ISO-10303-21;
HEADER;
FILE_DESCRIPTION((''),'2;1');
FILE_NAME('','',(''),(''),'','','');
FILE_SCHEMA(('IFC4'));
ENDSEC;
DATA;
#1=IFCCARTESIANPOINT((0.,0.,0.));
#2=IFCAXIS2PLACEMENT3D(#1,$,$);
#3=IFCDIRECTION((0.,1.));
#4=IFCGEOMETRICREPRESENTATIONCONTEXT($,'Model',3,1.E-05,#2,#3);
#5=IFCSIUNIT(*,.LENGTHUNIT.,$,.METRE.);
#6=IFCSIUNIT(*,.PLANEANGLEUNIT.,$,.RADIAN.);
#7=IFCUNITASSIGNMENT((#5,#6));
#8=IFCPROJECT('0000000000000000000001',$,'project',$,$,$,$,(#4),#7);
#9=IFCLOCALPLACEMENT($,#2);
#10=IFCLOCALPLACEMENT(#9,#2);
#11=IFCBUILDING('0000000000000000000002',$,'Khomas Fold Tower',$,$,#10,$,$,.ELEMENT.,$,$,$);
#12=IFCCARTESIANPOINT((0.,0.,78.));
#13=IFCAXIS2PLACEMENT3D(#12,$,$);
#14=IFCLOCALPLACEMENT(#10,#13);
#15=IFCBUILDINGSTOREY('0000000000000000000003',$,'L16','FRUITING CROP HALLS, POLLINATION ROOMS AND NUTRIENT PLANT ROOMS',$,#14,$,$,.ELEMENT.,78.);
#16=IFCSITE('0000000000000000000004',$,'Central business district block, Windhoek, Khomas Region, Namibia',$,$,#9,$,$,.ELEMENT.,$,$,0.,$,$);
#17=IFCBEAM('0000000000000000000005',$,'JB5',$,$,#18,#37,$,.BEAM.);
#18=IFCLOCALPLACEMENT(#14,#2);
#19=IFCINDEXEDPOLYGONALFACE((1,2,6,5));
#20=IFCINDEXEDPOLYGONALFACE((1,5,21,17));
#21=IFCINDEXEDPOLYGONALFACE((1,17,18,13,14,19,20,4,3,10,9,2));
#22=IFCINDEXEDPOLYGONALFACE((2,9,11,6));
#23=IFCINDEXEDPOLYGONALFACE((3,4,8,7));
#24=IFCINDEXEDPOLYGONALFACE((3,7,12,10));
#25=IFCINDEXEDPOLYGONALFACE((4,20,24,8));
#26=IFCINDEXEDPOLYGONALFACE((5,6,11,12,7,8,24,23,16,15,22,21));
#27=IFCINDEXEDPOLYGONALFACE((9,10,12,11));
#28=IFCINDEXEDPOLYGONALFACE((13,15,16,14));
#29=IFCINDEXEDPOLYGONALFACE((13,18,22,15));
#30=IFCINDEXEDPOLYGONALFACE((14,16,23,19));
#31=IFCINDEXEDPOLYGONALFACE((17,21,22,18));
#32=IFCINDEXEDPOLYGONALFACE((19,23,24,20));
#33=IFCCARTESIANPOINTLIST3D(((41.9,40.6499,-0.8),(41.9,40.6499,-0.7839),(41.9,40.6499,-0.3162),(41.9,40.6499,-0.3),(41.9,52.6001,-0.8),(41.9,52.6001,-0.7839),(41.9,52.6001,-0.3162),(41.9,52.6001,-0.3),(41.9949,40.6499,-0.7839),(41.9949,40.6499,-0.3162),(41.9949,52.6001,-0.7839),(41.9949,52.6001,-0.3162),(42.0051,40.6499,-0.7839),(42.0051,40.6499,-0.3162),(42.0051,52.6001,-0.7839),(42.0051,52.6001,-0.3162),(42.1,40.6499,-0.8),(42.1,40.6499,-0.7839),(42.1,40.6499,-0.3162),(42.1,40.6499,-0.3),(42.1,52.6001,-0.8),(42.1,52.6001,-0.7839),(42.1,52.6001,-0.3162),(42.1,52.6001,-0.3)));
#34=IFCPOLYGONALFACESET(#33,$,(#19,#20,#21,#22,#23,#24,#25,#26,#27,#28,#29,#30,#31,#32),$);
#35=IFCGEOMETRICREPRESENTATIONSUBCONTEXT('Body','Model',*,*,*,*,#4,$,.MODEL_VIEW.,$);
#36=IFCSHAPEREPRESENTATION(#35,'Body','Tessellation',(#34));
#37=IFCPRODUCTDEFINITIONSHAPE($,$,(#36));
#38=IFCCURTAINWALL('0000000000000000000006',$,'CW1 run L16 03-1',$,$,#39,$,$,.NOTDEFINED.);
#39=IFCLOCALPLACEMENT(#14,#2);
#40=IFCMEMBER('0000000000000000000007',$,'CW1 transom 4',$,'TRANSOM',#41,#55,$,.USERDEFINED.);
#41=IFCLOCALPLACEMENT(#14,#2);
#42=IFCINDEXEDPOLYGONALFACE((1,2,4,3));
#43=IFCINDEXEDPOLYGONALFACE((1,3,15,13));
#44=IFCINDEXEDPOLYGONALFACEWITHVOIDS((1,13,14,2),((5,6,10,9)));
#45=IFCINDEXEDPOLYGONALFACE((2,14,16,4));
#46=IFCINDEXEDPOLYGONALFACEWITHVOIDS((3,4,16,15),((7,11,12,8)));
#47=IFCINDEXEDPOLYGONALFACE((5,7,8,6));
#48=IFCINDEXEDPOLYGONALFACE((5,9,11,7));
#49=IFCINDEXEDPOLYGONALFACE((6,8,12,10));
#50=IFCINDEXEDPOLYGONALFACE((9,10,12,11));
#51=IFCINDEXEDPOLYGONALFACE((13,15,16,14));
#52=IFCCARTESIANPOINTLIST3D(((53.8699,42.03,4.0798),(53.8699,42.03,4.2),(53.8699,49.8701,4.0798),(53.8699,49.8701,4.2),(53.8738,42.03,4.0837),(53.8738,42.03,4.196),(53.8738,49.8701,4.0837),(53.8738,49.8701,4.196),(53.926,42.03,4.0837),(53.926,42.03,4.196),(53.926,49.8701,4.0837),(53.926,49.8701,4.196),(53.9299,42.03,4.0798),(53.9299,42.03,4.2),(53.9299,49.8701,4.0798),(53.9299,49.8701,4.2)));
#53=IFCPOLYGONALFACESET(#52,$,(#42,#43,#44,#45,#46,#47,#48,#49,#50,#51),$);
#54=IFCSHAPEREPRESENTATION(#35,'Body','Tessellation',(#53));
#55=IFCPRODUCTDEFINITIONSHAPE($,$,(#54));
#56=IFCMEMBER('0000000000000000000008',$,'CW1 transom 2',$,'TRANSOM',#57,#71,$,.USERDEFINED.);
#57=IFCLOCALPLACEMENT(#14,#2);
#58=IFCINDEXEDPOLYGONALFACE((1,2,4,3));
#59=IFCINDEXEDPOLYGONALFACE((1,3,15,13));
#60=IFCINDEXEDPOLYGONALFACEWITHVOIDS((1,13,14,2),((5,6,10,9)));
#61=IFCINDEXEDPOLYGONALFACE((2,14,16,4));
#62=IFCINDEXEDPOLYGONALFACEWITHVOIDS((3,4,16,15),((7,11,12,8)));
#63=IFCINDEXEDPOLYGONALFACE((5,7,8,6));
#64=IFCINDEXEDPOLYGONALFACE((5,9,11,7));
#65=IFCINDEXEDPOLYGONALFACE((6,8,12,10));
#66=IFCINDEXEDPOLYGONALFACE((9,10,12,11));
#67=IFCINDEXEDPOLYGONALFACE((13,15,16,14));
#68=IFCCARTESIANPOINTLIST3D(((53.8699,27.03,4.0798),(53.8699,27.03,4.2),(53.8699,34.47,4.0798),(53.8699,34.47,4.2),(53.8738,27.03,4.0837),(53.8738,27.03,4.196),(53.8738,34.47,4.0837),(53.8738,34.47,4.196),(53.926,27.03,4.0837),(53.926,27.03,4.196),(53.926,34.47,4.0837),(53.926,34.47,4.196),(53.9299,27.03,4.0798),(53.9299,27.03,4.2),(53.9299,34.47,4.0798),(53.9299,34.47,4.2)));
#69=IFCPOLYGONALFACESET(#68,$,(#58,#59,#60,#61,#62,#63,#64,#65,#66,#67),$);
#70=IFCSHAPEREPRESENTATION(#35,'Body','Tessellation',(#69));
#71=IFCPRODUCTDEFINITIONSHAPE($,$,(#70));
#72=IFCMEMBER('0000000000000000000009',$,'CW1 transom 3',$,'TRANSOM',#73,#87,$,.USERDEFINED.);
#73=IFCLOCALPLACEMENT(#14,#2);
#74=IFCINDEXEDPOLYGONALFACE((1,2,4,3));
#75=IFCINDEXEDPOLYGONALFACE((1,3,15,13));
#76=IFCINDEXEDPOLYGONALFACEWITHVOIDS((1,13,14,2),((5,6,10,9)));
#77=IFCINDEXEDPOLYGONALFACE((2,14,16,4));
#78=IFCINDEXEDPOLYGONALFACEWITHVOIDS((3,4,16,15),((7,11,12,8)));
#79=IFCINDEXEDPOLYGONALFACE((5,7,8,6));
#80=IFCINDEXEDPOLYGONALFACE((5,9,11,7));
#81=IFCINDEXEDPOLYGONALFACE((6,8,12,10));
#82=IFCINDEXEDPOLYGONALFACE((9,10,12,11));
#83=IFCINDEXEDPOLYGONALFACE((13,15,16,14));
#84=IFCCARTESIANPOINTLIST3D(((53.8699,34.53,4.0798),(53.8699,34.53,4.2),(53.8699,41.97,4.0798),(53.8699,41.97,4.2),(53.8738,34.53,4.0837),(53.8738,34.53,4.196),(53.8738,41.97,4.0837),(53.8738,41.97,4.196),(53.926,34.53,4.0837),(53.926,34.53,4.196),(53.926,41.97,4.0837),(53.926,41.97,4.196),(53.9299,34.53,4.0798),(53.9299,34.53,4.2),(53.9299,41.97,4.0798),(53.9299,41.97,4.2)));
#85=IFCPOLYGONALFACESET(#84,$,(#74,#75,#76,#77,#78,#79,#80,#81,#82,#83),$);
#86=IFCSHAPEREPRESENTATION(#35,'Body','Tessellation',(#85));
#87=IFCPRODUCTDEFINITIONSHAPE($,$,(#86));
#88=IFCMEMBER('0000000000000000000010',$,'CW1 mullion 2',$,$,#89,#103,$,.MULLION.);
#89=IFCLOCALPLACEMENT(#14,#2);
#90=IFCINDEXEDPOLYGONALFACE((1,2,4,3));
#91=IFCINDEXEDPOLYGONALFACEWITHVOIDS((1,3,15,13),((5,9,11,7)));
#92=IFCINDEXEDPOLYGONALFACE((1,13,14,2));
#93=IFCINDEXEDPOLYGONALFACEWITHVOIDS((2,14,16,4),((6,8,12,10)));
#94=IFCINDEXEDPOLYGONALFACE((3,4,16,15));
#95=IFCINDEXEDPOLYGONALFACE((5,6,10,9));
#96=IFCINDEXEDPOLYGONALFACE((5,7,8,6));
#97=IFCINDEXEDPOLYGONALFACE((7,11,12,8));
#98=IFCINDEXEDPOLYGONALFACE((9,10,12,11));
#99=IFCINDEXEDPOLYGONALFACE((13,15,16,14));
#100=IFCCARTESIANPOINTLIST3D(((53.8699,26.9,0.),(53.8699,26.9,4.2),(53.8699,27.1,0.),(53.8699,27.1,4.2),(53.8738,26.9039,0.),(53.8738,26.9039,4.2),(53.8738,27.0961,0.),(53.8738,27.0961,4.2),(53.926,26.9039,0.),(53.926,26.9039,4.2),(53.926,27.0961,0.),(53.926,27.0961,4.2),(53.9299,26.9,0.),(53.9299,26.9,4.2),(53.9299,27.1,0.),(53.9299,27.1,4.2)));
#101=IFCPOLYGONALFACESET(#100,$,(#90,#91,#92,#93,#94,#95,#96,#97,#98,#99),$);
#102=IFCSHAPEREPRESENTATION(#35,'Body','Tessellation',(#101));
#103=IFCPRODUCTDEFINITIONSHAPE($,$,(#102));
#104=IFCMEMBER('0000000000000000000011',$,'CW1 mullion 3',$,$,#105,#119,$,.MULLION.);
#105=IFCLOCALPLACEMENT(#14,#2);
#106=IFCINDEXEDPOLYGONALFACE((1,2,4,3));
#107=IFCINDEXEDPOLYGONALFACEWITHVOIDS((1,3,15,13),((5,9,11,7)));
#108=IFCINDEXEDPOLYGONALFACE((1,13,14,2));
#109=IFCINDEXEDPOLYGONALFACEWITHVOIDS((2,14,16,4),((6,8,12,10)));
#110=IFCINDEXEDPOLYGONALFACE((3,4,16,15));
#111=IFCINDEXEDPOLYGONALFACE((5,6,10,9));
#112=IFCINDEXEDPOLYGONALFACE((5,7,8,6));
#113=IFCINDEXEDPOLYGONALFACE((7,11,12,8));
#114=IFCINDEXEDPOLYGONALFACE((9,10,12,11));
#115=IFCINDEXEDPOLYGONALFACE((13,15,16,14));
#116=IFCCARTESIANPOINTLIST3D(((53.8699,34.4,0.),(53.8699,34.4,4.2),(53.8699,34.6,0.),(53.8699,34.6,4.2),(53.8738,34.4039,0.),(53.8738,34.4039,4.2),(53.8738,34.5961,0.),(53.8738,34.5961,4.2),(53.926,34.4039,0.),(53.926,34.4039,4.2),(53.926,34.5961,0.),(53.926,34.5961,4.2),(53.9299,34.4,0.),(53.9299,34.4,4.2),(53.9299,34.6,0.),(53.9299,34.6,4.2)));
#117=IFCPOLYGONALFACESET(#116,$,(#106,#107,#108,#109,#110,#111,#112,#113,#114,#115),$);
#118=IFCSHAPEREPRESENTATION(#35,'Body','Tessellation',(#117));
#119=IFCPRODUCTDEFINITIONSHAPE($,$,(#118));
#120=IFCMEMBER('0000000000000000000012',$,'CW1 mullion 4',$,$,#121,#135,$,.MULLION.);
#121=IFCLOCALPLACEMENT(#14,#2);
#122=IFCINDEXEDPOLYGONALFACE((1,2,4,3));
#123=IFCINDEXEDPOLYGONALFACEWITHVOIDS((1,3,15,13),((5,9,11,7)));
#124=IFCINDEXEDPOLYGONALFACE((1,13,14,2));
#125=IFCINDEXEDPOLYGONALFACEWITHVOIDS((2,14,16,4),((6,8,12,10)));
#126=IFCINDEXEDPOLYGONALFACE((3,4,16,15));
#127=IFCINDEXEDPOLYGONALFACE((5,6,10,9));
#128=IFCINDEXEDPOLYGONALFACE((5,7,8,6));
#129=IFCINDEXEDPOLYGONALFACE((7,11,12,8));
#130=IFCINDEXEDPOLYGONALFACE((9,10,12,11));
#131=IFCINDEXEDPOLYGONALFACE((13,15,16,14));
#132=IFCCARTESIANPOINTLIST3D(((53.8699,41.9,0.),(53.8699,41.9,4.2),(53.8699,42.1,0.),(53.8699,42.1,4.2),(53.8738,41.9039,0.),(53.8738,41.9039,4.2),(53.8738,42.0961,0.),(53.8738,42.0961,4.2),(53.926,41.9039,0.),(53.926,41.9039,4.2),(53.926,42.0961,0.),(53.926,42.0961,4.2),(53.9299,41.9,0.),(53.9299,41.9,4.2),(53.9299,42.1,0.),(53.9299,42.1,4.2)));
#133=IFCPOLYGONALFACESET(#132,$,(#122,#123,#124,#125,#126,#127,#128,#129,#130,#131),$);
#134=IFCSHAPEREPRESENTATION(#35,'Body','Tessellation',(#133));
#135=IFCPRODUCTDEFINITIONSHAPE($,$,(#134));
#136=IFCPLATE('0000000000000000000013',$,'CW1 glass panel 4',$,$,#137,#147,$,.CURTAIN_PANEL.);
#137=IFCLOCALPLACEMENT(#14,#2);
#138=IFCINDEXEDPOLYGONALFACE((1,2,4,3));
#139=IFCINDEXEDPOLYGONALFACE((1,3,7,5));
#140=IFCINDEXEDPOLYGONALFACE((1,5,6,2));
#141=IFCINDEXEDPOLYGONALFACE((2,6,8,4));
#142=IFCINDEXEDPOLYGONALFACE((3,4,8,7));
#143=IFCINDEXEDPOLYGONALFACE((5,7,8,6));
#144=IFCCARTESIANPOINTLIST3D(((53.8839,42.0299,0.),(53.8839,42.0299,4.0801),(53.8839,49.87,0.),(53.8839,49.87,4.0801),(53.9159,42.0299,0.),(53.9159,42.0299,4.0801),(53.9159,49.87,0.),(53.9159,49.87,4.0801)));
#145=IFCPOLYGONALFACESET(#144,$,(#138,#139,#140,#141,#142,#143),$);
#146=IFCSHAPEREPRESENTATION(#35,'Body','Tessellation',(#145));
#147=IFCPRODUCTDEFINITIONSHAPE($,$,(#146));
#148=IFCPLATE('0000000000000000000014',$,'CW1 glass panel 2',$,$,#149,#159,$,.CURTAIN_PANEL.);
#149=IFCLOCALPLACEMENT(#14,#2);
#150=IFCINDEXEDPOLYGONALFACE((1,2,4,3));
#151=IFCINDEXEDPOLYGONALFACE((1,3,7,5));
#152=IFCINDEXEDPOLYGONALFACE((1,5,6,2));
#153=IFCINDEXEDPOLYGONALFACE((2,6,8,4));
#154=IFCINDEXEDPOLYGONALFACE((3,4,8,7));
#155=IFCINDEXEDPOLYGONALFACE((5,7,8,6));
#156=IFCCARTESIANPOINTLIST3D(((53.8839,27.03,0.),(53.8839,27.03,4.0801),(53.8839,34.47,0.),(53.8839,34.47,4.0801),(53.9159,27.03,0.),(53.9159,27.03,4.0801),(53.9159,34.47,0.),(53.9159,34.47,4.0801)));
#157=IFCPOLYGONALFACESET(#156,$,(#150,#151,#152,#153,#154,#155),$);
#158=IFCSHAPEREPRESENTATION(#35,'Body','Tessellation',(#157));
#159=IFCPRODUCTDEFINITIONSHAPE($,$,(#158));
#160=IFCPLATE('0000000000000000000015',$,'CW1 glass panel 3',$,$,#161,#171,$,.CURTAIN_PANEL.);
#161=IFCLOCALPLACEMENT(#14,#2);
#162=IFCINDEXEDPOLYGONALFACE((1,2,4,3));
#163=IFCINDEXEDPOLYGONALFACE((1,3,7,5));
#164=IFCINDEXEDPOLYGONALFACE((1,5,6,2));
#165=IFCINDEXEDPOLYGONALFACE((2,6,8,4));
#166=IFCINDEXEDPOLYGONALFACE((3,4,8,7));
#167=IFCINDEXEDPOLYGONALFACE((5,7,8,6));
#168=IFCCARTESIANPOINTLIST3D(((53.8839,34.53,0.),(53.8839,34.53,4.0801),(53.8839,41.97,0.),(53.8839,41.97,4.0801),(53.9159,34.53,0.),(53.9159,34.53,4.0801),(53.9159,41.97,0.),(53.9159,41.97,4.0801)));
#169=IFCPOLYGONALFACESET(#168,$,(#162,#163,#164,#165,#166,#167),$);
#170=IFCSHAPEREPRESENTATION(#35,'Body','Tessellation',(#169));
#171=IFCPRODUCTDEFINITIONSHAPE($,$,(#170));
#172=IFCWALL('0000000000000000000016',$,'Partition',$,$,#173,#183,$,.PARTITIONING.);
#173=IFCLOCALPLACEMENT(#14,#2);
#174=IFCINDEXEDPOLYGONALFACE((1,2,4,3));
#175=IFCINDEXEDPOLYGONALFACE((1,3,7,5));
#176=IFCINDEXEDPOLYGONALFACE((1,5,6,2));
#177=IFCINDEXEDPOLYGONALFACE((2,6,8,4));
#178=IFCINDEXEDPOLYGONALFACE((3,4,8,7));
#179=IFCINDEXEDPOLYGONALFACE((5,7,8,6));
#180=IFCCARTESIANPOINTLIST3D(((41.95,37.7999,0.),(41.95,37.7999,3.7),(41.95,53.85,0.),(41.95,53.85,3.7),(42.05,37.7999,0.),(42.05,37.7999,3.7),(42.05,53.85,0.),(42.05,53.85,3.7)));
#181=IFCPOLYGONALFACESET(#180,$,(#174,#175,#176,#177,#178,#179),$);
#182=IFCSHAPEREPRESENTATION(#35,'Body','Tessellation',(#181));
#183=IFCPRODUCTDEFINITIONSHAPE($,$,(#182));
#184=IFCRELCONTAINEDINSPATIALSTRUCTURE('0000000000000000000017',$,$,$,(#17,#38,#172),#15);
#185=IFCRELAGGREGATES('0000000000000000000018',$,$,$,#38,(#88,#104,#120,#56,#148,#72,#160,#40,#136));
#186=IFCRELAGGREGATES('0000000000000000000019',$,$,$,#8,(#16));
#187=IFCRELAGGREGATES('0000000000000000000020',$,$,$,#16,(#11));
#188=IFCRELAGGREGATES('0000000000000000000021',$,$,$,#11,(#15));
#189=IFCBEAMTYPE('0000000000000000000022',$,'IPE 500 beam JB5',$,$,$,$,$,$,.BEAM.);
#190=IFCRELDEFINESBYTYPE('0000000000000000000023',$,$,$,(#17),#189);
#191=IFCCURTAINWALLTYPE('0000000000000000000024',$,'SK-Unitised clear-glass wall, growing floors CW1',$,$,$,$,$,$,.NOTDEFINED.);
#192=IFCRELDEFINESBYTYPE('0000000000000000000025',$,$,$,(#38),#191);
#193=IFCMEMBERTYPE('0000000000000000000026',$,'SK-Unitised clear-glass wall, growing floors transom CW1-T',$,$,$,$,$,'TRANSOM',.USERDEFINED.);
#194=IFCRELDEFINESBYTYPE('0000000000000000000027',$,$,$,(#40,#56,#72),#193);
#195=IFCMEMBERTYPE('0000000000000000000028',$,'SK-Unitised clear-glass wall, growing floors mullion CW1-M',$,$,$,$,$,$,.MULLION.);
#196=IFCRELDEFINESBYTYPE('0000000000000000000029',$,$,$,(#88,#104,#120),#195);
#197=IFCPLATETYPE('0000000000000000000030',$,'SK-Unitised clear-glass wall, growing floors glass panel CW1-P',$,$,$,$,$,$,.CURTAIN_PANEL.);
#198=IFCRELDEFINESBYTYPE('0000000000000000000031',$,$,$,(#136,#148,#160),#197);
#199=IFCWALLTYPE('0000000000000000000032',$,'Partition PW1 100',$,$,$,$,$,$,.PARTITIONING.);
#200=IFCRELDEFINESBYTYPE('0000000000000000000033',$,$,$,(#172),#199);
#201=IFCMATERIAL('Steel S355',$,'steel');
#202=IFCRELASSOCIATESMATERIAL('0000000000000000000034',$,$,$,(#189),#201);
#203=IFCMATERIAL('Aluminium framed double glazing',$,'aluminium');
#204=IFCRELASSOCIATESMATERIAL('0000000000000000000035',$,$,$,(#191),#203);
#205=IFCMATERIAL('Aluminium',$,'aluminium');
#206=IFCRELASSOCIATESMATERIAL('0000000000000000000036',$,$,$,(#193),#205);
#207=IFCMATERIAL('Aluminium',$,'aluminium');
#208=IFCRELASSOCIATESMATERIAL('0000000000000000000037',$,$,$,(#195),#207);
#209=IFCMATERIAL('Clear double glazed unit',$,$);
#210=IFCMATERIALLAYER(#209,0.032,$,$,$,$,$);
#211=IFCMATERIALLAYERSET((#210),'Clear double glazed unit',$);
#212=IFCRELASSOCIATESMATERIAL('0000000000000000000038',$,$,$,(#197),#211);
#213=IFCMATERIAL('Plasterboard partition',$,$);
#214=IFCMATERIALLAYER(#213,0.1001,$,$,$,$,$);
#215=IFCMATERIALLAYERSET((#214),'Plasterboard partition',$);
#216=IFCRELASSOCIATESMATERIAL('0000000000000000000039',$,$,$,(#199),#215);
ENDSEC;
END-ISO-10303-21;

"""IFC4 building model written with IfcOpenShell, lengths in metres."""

from ifc_helpers import new_model, si_unit, direction, frame, frame_2d, origin, origin_2d, place, context, subcontext, project, spatial, rectangle, hollow_rectangle, i_section, extrude, source, transform, mapped, material, layer, layer_set, material_profile, profile_set, type_object, element, aggregate, save


model = new_model("IFC4")

# Units and contexts
model_context = context("Model", 3, precision=1e-05, world=origin(), true_north=direction((0.0, 1.0)))
body_context = subcontext(model_context, "Body", "Model", "MODEL_VIEW")
ifc_project = project(units=[si_unit("LENGTHUNIT", "METRE"), si_unit("PLANEANGLEUNIT", "RADIAN")], contexts=[model_context])

# Site, building, storey
site_placement = place(None, origin())
site = spatial("IfcSite", under=ifc_project, at=site_placement, Name="Central business district block, Windhoek, Khomas Region, Namibia", CompositionType="ELEMENT", RefElevation=0.0)
building_placement = place(site_placement, origin())
building = spatial("IfcBuilding", under=site, at=building_placement, Name="Khomas Fold Tower", CompositionType="ELEMENT")
storey_placement = place(building_placement, frame((0.0, 0.0, 78.0)))
storey = spatial("IfcBuildingStorey", under=building, at=storey_placement, Name="L16", Description="FRUITING CROP HALLS, POLLINATION ROOMS AND NUTRIENT PLANT ROOMS", CompositionType="ELEMENT", Elevation=78.0)

# Beam
ifc_material_1 = material(Name="Steel S355", Category="steel")
ifc_material_profile_1 = material_profile(ifc_material_1, i_section(OverallWidth=0.2, OverallDepth=0.5, WebThickness=0.0103, FlangeThickness=0.0161, at=origin_2d()), Name="IPE 500")
ifc_profile_set_1 = profile_set([ifc_material_profile_1], Name="Steel S355")
beam_type_1 = type_object("IfcBeamType", Name="IPE 500 beam JB5", PredefinedType="BEAM", material=ifc_profile_set_1)
shared_shape_1 = source(origin(), body_context, "Body", "SweptSolid", [
    extrude(i_section(OverallWidth=0.2, OverallDepth=0.5, WebThickness=0.0103, FlangeThickness=0.0161, at=origin_2d()), origin(), (0.0, 0.0, 1.0), 11.9502),
])
beam_1_placement = place(storey_placement, frame((42.0, 40.6499, -0.55), z_axis=(0.0, 1.0, 0.0), x_axis=(-1.0, 0.0, 0.0)))
element("IfcBeam", 1, at=beam_1_placement, inside=storey, type_object=beam_type_1, Name="JB5", PredefinedType="BEAM", context=body_context, shape_type="MappedRepresentation", body=[
    mapped(shared_shape_1, transform((0.0, 0.0, 0.0))),
])

# Curtain wall, members, plates
ifc_material_2 = material(Name="Aluminium framed double glazing", Category="aluminium")
curtain_wall_type = type_object("IfcCurtainWallType", Name="SK-Unitised clear-glass wall, growing floors CW1", PredefinedType="NOTDEFINED", material=ifc_material_2)
curtain_wall_placement = place(storey_placement, origin())
curtain_wall = element("IfcCurtainWall", 2, at=curtain_wall_placement, inside=storey, type_object=curtain_wall_type, Name="CW1 run L16 03-1", PredefinedType="NOTDEFINED")
ifc_material_3 = material(Name="Aluminium", Category="aluminium")
ifc_material_profile_2 = material_profile(ifc_material_3, hollow_rectangle(XDim=0.0601, YDim=0.1201, WallThickness=0.0039, at=origin_2d()), Name="SK-Unitised clear-glass wall, growing floors transom CW1-T")
ifc_profile_set_2 = profile_set([ifc_material_profile_2], Name="Aluminium")
member_type_1 = type_object("IfcMemberType", Name="SK-Unitised clear-glass wall, growing floors transom CW1-T", ElementType="TRANSOM", PredefinedType="USERDEFINED", material=ifc_profile_set_2)
shared_shape_2 = source(origin(), body_context, "Body", "SweptSolid", [
    extrude(hollow_rectangle(XDim=0.0601, YDim=0.1201, WallThickness=0.0039, at=origin_2d()), origin(), (0.0, 0.0, 1.0), 7.8401),
])
member_1_placement = place(storey_placement, frame((53.8999, 42.03, 4.1399), z_axis=(0.0, 1.0, 0.0), x_axis=(-1.0, 0.0, 0.0)))
member_1 = element("IfcMember", 3, at=member_1_placement, type_object=member_type_1, Name="CW1 transom 4", ObjectType="TRANSOM", PredefinedType="USERDEFINED", context=body_context, shape_type="MappedRepresentation", body=[
    mapped(shared_shape_2, transform((0.0, 0.0, 0.0))),
])
shared_shape_3 = source(origin(), body_context, "Body", "SweptSolid", [
    extrude(hollow_rectangle(XDim=0.0601, YDim=0.1201, WallThickness=0.0039, at=origin_2d()), origin(), (0.0, 0.0, 1.0), 7.4399),
])
member_2_placement = place(storey_placement, frame((53.8999, 27.03, 4.1399), z_axis=(0.0, 1.0, 0.0), x_axis=(-1.0, 0.0, 0.0)))
member_2 = element("IfcMember", 4, at=member_2_placement, type_object=member_type_1, Name="CW1 transom 2", ObjectType="TRANSOM", PredefinedType="USERDEFINED", context=body_context, shape_type="MappedRepresentation", body=[
    mapped(shared_shape_3, transform((0.0, 0.0, 0.0))),
])
member_3_placement = place(storey_placement, frame((53.8999, 34.53, 4.1399), z_axis=(0.0, 1.0, 0.0), x_axis=(-1.0, 0.0, 0.0)))
member_3 = element("IfcMember", 5, at=member_3_placement, type_object=member_type_1, Name="CW1 transom 3", ObjectType="TRANSOM", PredefinedType="USERDEFINED", context=body_context, shape_type="MappedRepresentation", body=[
    mapped(shared_shape_3, transform((0.0, 0.0, 0.0))),
])
ifc_material_4 = material(Name="Aluminium", Category="aluminium")
ifc_material_profile_3 = material_profile(ifc_material_4, hollow_rectangle(XDim=0.0601, YDim=0.2, WallThickness=0.0039, at=origin_2d()), Name="SK-Unitised clear-glass wall, growing floors mullion CW1-M")
ifc_profile_set_3 = profile_set([ifc_material_profile_3], Name="Aluminium")
member_type_2 = type_object("IfcMemberType", Name="SK-Unitised clear-glass wall, growing floors mullion CW1-M", PredefinedType="MULLION", material=ifc_profile_set_3)
shared_shape_4 = source(origin(), body_context, "Body", "SweptSolid", [
    extrude(hollow_rectangle(XDim=0.0601, YDim=0.2, WallThickness=0.0039, at=origin_2d()), origin(), (0.0, 0.0, 1.0), 4.2),
])
member_4_placement = place(storey_placement, frame((53.8999, 27.0, 0.0), z_axis=(0.0, 0.0, 1.0), x_axis=(-1.0, 0.0, 0.0)))
member_4 = element("IfcMember", 6, at=member_4_placement, type_object=member_type_2, Name="CW1 mullion 2", PredefinedType="MULLION", context=body_context, shape_type="MappedRepresentation", body=[
    mapped(shared_shape_4, transform((0.0, 0.0, 0.0))),
])
member_5_placement = place(storey_placement, frame((53.8999, 34.5, 0.0), z_axis=(0.0, 0.0, 1.0), x_axis=(-1.0, 0.0, 0.0)))
member_5 = element("IfcMember", 7, at=member_5_placement, type_object=member_type_2, Name="CW1 mullion 3", PredefinedType="MULLION", context=body_context, shape_type="MappedRepresentation", body=[
    mapped(shared_shape_4, transform((0.0, 0.0, 0.0))),
])
member_6_placement = place(storey_placement, frame((53.8999, 42.0, 0.0), z_axis=(0.0, 0.0, 1.0), x_axis=(-1.0, 0.0, 0.0)))
member_6 = element("IfcMember", 8, at=member_6_placement, type_object=member_type_2, Name="CW1 mullion 4", PredefinedType="MULLION", context=body_context, shape_type="MappedRepresentation", body=[
    mapped(shared_shape_4, transform((0.0, 0.0, 0.0))),
])
ifc_material_5 = material(Name="Clear double glazed unit")
ifc_layer_1 = layer(ifc_material_5, 0.032)
ifc_layer_set_1 = layer_set([ifc_layer_1], Name="Clear double glazed unit")
plate_type = type_object("IfcPlateType", Name="SK-Unitised clear-glass wall, growing floors glass panel CW1-P", PredefinedType="CURTAIN_PANEL", material=ifc_layer_set_1)
shared_shape_5 = source(origin(), body_context, "Body", "SweptSolid", [
    extrude(rectangle(XDim=7.8401, YDim=0.032, at=origin_2d()), origin(), (0.0, 0.0, 1.0), 4.0801),
])
plate_1_placement = place(storey_placement, frame((53.8999, 45.95, 0.0), z_axis=(0.0, 0.0, 1.0), x_axis=(0.0, 1.0, 0.0)))
plate_1 = element("IfcPlate", 9, at=plate_1_placement, type_object=plate_type, Name="CW1 glass panel 4", PredefinedType="CURTAIN_PANEL", context=body_context, shape_type="MappedRepresentation", body=[
    mapped(shared_shape_5, transform((0.0, 0.0, 0.0))),
])
shared_shape_6 = source(origin(), body_context, "Body", "SweptSolid", [
    extrude(rectangle(XDim=7.4399, YDim=0.032, at=origin_2d()), origin(), (0.0, 0.0, 1.0), 4.0801),
])
plate_2_placement = place(storey_placement, frame((53.8999, 30.75, 0.0), z_axis=(0.0, 0.0, 1.0), x_axis=(0.0, 1.0, 0.0)))
plate_2 = element("IfcPlate", 10, at=plate_2_placement, type_object=plate_type, Name="CW1 glass panel 2", PredefinedType="CURTAIN_PANEL", context=body_context, shape_type="MappedRepresentation", body=[
    mapped(shared_shape_6, transform((0.0, 0.0, 0.0))),
])
plate_3_placement = place(storey_placement, frame((53.8999, 38.25, 0.0), z_axis=(0.0, 0.0, 1.0), x_axis=(0.0, 1.0, 0.0)))
plate_3 = element("IfcPlate", 11, at=plate_3_placement, type_object=plate_type, Name="CW1 glass panel 3", PredefinedType="CURTAIN_PANEL", context=body_context, shape_type="MappedRepresentation", body=[
    mapped(shared_shape_6, transform((0.0, 0.0, 0.0))),
])
aggregate(curtain_wall, [member_4, member_5, member_6, member_2, plate_2, member_3, plate_3, member_1, plate_1])

# Wall
ifc_material_6 = material(Name="Plasterboard partition")
ifc_layer_2 = layer(ifc_material_6, 0.1001)
ifc_layer_set_2 = layer_set([ifc_layer_2], Name="Plasterboard partition")
wall_type = type_object("IfcWallType", Name="Partition PW1 100", PredefinedType="PARTITIONING", material=ifc_layer_set_2)
shared_shape_7 = source(origin(), body_context, "Body", "SweptSolid", [
    extrude(rectangle(XDim=16.05, YDim=0.1001, at=frame_2d((8.0249, 0.0))), origin(), (0.0, 0.0, 1.0), 3.7),
])
wall_placement = place(storey_placement, frame((42.0, 37.8, 0.0), z_axis=(0.0, 0.0, 1.0), x_axis=(0.0, 1.0, 0.0)))
element("IfcWall", 12, at=wall_placement, inside=storey, type_object=wall_type, Name="Partition", PredefinedType="PARTITIONING", context=body_context, shape_type="MappedRepresentation", body=[
    mapped(shared_shape_7, transform((0.0, 0.0, 0.0))),
])

save(model, "model.ifc")
